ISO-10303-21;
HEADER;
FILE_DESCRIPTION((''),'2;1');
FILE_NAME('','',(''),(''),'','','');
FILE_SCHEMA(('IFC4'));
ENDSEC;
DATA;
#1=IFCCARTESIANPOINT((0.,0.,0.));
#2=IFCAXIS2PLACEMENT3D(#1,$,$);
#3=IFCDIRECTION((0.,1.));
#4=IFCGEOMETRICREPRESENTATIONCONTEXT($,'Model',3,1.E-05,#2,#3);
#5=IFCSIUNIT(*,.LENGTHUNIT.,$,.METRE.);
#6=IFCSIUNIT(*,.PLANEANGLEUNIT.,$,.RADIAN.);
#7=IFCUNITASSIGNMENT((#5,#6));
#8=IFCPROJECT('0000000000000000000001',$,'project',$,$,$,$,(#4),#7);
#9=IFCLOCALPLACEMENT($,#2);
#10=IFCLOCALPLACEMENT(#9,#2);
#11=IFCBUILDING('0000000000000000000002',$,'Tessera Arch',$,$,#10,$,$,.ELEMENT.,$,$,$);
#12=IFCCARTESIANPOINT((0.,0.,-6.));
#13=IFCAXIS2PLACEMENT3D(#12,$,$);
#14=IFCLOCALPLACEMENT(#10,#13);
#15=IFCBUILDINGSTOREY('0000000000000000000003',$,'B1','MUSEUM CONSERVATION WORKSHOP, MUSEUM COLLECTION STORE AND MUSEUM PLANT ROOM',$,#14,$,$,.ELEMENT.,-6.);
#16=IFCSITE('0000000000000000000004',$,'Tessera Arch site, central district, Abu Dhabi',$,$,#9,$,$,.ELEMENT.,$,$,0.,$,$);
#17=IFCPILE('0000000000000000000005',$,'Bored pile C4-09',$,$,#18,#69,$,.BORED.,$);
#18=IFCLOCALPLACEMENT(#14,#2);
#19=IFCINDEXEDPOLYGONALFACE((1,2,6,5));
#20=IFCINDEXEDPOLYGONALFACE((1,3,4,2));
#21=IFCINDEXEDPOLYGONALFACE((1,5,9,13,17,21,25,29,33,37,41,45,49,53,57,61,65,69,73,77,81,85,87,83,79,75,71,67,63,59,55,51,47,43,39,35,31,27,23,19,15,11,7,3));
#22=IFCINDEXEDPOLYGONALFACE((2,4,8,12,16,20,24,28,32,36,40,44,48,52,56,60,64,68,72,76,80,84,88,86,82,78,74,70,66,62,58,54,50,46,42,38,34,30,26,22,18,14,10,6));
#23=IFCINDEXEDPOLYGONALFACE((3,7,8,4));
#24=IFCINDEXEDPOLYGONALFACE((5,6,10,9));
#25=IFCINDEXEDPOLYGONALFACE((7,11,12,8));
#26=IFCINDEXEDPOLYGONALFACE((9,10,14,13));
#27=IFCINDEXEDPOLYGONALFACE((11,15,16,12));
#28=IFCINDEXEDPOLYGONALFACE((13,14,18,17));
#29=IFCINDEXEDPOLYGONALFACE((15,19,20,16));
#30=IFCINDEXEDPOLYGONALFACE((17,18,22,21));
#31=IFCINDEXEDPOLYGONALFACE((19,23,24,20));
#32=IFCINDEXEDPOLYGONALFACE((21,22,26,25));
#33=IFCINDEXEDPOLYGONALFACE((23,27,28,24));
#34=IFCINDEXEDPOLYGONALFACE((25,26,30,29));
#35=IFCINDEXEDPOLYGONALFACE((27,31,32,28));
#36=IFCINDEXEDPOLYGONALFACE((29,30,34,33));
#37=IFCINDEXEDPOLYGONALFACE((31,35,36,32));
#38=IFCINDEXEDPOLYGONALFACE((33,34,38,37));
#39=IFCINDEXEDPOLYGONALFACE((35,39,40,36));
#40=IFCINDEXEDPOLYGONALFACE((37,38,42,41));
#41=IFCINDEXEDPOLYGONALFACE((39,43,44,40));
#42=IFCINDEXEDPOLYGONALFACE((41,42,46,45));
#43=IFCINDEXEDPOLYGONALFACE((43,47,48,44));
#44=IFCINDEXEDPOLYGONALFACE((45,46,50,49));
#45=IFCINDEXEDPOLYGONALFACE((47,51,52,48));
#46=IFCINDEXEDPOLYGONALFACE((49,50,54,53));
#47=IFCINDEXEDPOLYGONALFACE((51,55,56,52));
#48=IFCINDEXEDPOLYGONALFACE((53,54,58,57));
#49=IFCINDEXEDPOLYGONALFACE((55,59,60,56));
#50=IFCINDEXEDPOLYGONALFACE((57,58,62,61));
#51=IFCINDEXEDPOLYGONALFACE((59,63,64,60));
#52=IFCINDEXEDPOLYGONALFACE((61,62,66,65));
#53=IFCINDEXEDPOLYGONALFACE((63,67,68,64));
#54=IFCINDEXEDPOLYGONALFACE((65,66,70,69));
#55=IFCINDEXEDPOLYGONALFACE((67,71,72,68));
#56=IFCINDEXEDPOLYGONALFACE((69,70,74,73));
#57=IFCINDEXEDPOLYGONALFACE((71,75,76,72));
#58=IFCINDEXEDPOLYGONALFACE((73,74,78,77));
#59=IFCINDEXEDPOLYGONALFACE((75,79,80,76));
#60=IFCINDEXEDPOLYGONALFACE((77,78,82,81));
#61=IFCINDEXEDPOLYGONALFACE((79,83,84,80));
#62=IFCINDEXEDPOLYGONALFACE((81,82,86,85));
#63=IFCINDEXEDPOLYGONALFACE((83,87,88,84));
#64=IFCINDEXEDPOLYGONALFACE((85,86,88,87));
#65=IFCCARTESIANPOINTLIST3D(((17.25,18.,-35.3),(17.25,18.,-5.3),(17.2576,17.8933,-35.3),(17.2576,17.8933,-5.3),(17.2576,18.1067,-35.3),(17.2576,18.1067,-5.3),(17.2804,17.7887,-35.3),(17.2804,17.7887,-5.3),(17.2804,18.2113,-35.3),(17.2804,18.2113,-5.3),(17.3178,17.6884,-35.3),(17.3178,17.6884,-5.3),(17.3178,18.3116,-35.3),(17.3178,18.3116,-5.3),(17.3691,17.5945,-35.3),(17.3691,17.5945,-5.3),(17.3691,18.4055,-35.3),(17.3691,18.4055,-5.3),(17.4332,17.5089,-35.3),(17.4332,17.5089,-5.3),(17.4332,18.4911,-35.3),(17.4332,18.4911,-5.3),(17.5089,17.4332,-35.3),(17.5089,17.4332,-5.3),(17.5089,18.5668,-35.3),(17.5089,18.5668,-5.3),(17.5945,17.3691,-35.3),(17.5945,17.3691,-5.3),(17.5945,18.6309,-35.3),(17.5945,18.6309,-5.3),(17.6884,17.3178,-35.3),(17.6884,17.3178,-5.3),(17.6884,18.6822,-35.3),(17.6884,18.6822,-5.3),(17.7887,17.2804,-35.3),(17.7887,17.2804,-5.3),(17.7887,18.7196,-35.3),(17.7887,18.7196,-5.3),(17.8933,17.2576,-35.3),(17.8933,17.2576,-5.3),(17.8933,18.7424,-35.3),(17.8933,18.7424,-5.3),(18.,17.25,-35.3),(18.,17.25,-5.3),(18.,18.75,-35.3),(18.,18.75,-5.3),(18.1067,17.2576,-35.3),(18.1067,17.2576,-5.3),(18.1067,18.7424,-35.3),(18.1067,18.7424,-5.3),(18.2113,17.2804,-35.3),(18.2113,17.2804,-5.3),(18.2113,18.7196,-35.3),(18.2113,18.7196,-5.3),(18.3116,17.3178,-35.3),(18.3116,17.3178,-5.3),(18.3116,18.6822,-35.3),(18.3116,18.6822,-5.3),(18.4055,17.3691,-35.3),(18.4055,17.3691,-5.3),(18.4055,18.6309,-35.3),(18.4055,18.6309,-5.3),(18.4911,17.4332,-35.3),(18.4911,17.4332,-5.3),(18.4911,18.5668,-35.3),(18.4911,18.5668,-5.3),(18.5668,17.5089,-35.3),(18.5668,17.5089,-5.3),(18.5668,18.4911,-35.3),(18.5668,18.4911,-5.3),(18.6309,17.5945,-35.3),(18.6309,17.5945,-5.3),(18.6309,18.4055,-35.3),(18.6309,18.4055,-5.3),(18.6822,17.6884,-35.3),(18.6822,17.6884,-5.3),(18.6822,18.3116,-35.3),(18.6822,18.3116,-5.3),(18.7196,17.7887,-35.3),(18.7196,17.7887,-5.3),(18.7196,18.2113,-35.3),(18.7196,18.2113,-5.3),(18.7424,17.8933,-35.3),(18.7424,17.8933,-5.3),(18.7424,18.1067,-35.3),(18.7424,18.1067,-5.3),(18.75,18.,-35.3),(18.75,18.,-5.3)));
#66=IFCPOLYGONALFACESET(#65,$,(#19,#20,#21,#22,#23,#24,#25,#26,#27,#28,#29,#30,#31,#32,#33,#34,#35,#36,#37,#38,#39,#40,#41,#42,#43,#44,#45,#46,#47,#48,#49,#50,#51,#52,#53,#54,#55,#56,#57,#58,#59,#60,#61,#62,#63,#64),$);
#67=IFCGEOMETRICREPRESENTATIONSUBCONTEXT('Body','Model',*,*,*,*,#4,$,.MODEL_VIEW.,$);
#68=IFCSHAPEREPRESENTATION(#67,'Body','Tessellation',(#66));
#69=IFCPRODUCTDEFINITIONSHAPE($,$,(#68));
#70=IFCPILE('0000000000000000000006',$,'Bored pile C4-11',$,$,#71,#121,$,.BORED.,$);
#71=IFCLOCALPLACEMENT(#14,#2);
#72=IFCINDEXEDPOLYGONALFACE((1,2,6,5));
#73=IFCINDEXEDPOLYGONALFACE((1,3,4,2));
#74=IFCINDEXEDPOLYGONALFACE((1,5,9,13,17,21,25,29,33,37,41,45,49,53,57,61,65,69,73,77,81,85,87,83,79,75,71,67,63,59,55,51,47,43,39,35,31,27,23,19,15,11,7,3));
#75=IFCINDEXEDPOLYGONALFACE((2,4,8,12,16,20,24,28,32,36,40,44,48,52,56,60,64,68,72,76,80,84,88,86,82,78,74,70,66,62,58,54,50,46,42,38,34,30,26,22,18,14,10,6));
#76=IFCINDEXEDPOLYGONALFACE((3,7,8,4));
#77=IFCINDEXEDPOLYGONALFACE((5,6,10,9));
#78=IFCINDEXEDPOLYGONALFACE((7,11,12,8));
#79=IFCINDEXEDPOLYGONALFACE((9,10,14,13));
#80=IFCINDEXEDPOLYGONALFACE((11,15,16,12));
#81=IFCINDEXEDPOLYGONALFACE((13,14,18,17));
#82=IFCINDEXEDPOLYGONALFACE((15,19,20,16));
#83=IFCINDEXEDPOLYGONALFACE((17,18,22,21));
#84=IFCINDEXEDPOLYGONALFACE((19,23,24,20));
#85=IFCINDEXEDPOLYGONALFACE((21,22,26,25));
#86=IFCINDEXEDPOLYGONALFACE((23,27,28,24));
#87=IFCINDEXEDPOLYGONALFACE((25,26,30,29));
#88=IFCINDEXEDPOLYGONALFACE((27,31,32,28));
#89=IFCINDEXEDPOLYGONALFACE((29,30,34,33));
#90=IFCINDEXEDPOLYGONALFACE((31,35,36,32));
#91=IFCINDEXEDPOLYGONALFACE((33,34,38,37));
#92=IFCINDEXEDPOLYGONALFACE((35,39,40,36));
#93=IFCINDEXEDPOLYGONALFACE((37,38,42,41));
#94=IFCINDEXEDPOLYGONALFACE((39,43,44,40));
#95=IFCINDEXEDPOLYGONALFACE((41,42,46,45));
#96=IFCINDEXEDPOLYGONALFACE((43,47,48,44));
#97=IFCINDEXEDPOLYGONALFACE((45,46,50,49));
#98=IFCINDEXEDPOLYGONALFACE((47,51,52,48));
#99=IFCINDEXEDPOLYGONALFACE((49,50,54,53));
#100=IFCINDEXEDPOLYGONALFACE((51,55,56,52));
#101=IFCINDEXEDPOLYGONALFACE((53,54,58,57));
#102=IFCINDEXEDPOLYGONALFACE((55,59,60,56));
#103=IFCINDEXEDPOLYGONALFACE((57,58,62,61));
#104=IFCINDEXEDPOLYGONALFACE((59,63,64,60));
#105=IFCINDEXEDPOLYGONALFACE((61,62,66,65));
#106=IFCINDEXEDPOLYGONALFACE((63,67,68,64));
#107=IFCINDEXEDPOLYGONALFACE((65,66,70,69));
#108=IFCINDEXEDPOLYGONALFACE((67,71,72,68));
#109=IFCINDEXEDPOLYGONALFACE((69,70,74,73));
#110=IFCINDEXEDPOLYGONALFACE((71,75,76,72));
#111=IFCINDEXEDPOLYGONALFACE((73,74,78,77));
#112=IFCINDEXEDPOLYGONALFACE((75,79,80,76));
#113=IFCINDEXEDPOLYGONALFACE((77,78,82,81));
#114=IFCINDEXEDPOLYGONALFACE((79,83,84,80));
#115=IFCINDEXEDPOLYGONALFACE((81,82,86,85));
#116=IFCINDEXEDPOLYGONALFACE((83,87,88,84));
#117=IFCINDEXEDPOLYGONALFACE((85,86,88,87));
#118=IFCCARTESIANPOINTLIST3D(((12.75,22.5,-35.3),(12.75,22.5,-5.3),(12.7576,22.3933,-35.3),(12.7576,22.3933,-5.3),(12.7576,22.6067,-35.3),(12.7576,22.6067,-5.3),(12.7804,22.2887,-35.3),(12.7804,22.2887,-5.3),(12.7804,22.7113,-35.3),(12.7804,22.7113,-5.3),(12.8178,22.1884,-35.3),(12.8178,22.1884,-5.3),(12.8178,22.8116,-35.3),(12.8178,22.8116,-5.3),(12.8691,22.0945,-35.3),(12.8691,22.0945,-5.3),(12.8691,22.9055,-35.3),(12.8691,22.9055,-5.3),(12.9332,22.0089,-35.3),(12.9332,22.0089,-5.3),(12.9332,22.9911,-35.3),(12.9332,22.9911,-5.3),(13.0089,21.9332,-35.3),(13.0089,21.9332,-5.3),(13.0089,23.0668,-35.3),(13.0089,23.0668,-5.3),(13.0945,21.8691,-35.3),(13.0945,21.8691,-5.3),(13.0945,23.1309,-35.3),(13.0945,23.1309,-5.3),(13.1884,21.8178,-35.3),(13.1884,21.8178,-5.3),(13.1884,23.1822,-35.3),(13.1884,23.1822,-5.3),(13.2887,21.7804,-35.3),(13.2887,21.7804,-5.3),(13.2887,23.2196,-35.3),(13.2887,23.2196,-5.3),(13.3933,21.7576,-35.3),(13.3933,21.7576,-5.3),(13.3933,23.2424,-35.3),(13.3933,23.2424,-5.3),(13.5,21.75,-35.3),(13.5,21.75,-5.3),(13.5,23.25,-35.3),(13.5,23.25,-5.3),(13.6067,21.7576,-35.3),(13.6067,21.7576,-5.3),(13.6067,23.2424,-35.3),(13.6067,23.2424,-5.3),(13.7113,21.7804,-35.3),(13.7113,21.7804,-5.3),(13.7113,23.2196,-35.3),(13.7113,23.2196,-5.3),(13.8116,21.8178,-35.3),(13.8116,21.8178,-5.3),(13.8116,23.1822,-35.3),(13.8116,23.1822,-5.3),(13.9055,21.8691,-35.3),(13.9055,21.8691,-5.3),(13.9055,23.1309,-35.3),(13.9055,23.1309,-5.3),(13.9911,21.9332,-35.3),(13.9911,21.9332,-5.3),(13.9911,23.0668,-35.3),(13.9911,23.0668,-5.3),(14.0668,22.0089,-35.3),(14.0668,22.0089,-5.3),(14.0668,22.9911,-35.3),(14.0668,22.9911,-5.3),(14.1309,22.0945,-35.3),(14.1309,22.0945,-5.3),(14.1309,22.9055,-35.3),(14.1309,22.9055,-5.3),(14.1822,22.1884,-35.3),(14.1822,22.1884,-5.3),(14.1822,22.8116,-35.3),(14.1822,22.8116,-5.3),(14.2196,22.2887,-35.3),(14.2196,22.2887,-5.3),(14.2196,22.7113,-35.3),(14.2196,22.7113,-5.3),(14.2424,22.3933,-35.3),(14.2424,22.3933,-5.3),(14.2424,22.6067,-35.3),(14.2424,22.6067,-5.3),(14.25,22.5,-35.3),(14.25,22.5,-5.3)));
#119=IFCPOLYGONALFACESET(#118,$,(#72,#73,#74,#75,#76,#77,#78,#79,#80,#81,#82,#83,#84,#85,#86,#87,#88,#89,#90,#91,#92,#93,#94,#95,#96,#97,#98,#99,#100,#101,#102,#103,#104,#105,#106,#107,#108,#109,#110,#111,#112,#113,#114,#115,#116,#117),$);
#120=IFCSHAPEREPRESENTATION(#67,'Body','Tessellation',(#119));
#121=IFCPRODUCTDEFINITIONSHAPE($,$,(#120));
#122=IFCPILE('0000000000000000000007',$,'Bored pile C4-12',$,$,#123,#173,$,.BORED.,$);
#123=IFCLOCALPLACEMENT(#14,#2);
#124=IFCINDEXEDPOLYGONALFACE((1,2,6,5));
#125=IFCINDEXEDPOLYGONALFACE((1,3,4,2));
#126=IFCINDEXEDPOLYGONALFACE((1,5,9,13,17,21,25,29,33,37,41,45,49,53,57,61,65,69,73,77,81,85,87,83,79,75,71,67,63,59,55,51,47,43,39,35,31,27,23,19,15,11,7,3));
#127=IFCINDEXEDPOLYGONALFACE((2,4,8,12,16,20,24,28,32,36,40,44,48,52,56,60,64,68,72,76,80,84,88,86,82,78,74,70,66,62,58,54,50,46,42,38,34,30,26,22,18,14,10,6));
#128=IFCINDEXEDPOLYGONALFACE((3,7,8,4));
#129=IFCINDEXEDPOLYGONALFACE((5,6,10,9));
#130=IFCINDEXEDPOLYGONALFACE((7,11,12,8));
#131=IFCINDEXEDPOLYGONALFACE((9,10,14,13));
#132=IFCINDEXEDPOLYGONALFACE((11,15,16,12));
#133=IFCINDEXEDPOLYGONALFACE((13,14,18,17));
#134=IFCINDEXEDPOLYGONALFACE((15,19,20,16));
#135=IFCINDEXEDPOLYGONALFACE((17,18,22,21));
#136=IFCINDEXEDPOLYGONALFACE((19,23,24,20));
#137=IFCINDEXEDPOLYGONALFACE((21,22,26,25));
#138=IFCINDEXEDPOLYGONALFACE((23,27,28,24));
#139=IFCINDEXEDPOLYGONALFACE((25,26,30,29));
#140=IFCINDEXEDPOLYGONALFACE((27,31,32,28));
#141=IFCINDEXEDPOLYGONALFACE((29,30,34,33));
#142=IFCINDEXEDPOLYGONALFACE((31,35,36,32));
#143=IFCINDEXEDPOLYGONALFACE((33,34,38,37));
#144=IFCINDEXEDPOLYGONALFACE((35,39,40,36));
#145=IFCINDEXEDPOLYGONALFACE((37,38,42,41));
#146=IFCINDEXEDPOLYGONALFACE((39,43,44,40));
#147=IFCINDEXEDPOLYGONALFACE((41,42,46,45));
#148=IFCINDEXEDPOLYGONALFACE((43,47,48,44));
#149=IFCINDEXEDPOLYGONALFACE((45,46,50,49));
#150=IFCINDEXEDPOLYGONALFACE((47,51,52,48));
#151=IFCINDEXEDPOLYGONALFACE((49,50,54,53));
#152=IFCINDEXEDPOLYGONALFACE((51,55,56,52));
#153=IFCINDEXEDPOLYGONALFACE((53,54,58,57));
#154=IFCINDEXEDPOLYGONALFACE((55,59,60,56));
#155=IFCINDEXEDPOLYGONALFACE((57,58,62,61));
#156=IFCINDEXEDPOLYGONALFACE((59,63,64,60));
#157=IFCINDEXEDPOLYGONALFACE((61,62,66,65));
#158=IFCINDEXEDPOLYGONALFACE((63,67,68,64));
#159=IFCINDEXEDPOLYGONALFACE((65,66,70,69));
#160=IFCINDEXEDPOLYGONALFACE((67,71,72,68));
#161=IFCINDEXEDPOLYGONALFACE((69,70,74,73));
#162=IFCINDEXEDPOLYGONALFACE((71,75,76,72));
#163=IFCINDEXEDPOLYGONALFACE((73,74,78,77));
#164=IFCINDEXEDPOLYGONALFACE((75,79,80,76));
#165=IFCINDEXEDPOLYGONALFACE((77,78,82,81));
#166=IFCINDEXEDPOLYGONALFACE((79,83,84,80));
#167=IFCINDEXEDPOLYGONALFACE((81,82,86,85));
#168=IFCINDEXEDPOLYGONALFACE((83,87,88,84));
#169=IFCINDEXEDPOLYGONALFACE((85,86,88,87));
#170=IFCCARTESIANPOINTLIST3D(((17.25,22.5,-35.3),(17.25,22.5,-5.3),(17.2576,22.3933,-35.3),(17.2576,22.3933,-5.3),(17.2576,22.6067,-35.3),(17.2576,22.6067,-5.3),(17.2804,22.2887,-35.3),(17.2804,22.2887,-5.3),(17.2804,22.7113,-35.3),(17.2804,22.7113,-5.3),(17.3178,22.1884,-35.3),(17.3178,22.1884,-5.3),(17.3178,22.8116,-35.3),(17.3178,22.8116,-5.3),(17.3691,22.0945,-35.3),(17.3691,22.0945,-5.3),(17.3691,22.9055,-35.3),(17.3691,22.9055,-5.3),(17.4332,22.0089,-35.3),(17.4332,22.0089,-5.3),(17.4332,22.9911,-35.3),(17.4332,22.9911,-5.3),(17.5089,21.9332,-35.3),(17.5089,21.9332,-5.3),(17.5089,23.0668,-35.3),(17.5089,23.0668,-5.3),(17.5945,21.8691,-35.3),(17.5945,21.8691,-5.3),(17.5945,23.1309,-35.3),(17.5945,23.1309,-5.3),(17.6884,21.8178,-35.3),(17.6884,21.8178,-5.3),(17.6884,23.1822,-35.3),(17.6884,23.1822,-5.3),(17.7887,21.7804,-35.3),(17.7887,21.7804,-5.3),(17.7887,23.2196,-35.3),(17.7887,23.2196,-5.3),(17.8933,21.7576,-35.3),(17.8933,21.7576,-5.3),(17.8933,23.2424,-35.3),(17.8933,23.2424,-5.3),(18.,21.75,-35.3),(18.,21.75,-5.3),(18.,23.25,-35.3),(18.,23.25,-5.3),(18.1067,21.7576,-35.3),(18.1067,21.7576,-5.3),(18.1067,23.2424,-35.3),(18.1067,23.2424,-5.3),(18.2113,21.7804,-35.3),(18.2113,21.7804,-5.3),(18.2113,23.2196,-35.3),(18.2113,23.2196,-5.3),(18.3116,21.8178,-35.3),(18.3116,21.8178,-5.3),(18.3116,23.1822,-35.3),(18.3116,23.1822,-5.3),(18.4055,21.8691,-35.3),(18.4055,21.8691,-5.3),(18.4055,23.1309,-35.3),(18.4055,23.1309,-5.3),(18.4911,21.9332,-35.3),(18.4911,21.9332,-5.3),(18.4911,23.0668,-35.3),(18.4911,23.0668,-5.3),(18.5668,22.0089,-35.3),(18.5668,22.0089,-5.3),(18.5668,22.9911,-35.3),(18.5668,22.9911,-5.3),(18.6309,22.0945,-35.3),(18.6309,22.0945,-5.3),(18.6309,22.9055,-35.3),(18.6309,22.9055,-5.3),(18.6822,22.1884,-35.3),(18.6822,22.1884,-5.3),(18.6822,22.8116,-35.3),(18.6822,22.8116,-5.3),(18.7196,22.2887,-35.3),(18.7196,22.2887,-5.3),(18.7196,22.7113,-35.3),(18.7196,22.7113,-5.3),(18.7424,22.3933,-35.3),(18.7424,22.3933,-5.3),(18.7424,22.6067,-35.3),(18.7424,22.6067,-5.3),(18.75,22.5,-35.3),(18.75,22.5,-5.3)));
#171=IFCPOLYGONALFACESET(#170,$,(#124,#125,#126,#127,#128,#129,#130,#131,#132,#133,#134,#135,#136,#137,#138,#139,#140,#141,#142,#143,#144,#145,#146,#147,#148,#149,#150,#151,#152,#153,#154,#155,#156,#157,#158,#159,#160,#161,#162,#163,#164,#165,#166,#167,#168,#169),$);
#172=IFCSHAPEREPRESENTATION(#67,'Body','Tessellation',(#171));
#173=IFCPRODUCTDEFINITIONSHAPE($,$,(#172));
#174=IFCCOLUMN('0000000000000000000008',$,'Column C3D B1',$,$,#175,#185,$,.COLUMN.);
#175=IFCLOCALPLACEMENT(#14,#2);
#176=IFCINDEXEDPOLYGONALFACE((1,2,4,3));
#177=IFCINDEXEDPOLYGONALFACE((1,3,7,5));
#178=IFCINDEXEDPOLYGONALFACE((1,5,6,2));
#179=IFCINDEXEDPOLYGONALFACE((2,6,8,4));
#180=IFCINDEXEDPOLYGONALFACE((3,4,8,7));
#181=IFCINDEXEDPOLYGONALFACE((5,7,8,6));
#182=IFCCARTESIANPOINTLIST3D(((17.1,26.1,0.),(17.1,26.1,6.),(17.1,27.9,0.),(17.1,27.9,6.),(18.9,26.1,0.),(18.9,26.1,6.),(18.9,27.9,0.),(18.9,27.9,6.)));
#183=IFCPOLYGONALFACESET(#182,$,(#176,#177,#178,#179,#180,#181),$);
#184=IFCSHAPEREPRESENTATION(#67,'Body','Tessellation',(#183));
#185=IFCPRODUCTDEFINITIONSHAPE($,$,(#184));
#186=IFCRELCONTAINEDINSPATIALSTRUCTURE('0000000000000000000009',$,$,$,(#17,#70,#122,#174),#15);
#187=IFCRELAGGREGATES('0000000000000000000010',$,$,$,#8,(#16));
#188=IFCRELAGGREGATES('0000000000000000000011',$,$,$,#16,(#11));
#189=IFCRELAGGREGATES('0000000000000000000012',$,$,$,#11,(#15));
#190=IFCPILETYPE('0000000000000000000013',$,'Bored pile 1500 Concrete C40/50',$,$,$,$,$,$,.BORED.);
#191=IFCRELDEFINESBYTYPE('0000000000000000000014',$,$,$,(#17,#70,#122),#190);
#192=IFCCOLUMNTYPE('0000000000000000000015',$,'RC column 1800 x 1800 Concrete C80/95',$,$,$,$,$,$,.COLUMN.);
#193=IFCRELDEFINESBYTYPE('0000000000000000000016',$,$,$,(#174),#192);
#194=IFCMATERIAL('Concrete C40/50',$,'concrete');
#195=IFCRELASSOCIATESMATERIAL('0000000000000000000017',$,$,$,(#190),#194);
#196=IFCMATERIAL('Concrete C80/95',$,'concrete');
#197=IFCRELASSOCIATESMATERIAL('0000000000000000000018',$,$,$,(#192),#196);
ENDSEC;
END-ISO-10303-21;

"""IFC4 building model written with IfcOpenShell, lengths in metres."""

from ifc_helpers import new_model, si_unit, direction, frame, origin, origin_2d, place, context, subcontext, project, spatial, rectangle, circle, extrude, material, material_profile, profile_set, type_object, element, save


model = new_model("IFC4")

# Units and contexts
model_context = context("Model", 3, precision=1e-05, world=origin(), true_north=direction((0.0, 1.0)))
body_context = subcontext(model_context, "Body", "Model", "MODEL_VIEW")
ifc_project = project(units=[si_unit("LENGTHUNIT", "METRE"), si_unit("PLANEANGLEUNIT", "RADIAN")], contexts=[model_context])

# Site, building, storey
site_placement = place(None, origin())
site = spatial("IfcSite", under=ifc_project, at=site_placement, Name="Tessera Arch site, central district, Abu Dhabi", CompositionType="ELEMENT", RefElevation=0.0)
building_placement = place(site_placement, origin())
building = spatial("IfcBuilding", under=site, at=building_placement, Name="Tessera Arch", CompositionType="ELEMENT")
storey_placement = place(building_placement, frame((0.0, 0.0, -6.0)))
storey = spatial("IfcBuildingStorey", under=building, at=storey_placement, Name="B1", Description="MUSEUM CONSERVATION WORKSHOP, MUSEUM COLLECTION STORE AND MUSEUM PLANT ROOM", CompositionType="ELEMENT", Elevation=-6.0)

# Piles
ifc_material_1 = material(Name="Concrete C40/50", Category="concrete")
pile_type = type_object("IfcPileType", Name="Bored pile 1500 Concrete C40/50", PredefinedType="BORED", material=ifc_material_1)
for number, where, z_axis, x_axis, name in (
    (1, (18.0, 18.0, -5.3), (0.0, 0.0, -1.0), (1.0, 0.0, 0.0), "Bored pile C4-09"),
    (2, (13.5, 22.5, -5.3), (0.0, 0.0, -1.0), (1.0, 0.0, 0.0), "Bored pile C4-11"),
    (3, (18.0, 22.5, -5.3), (0.0, 0.0, -1.0), (1.0, 0.0, 0.0), "Bored pile C4-12"),
):
    element("IfcPile", number, at=place(storey_placement, frame(where, z_axis=z_axis, x_axis=x_axis)), inside=storey, type_object=pile_type, Name=name, PredefinedType="BORED", context=body_context, shape_type="SweptSolid", body=[
        extrude(circle(Radius=0.75, at=origin_2d()), origin(), (0.0, 0.0, 1.0), 30.0),
    ])

# Column
ifc_material_2 = material(Name="Concrete C80/95", Category="concrete")
ifc_material_profile = material_profile(ifc_material_2, rectangle(XDim=1.8, YDim=1.8, at=origin_2d()), Name="RC column 1800 x 1800 Concrete C80/95")
ifc_profile_set = profile_set([ifc_material_profile], Name="Concrete C80/95")
column_type = type_object("IfcColumnType", Name="RC column 1800 x 1800 Concrete C80/95", PredefinedType="COLUMN", material=ifc_profile_set)
column_placement = place(storey_placement, frame((18.0, 27.0, 0.0), z_axis=(0.0, 0.0, 1.0), x_axis=(1.0, 0.0, 0.0)))
element("IfcColumn", 4, at=column_placement, inside=storey, type_object=column_type, Name="Column C3D B1", PredefinedType="COLUMN", context=body_context, shape_type="SweptSolid", body=[
    extrude(rectangle(XDim=1.8, YDim=1.8, at=origin_2d()), origin(), (0.0, 0.0, 1.0), 6.0),
])

save(model, "model.ifc")
